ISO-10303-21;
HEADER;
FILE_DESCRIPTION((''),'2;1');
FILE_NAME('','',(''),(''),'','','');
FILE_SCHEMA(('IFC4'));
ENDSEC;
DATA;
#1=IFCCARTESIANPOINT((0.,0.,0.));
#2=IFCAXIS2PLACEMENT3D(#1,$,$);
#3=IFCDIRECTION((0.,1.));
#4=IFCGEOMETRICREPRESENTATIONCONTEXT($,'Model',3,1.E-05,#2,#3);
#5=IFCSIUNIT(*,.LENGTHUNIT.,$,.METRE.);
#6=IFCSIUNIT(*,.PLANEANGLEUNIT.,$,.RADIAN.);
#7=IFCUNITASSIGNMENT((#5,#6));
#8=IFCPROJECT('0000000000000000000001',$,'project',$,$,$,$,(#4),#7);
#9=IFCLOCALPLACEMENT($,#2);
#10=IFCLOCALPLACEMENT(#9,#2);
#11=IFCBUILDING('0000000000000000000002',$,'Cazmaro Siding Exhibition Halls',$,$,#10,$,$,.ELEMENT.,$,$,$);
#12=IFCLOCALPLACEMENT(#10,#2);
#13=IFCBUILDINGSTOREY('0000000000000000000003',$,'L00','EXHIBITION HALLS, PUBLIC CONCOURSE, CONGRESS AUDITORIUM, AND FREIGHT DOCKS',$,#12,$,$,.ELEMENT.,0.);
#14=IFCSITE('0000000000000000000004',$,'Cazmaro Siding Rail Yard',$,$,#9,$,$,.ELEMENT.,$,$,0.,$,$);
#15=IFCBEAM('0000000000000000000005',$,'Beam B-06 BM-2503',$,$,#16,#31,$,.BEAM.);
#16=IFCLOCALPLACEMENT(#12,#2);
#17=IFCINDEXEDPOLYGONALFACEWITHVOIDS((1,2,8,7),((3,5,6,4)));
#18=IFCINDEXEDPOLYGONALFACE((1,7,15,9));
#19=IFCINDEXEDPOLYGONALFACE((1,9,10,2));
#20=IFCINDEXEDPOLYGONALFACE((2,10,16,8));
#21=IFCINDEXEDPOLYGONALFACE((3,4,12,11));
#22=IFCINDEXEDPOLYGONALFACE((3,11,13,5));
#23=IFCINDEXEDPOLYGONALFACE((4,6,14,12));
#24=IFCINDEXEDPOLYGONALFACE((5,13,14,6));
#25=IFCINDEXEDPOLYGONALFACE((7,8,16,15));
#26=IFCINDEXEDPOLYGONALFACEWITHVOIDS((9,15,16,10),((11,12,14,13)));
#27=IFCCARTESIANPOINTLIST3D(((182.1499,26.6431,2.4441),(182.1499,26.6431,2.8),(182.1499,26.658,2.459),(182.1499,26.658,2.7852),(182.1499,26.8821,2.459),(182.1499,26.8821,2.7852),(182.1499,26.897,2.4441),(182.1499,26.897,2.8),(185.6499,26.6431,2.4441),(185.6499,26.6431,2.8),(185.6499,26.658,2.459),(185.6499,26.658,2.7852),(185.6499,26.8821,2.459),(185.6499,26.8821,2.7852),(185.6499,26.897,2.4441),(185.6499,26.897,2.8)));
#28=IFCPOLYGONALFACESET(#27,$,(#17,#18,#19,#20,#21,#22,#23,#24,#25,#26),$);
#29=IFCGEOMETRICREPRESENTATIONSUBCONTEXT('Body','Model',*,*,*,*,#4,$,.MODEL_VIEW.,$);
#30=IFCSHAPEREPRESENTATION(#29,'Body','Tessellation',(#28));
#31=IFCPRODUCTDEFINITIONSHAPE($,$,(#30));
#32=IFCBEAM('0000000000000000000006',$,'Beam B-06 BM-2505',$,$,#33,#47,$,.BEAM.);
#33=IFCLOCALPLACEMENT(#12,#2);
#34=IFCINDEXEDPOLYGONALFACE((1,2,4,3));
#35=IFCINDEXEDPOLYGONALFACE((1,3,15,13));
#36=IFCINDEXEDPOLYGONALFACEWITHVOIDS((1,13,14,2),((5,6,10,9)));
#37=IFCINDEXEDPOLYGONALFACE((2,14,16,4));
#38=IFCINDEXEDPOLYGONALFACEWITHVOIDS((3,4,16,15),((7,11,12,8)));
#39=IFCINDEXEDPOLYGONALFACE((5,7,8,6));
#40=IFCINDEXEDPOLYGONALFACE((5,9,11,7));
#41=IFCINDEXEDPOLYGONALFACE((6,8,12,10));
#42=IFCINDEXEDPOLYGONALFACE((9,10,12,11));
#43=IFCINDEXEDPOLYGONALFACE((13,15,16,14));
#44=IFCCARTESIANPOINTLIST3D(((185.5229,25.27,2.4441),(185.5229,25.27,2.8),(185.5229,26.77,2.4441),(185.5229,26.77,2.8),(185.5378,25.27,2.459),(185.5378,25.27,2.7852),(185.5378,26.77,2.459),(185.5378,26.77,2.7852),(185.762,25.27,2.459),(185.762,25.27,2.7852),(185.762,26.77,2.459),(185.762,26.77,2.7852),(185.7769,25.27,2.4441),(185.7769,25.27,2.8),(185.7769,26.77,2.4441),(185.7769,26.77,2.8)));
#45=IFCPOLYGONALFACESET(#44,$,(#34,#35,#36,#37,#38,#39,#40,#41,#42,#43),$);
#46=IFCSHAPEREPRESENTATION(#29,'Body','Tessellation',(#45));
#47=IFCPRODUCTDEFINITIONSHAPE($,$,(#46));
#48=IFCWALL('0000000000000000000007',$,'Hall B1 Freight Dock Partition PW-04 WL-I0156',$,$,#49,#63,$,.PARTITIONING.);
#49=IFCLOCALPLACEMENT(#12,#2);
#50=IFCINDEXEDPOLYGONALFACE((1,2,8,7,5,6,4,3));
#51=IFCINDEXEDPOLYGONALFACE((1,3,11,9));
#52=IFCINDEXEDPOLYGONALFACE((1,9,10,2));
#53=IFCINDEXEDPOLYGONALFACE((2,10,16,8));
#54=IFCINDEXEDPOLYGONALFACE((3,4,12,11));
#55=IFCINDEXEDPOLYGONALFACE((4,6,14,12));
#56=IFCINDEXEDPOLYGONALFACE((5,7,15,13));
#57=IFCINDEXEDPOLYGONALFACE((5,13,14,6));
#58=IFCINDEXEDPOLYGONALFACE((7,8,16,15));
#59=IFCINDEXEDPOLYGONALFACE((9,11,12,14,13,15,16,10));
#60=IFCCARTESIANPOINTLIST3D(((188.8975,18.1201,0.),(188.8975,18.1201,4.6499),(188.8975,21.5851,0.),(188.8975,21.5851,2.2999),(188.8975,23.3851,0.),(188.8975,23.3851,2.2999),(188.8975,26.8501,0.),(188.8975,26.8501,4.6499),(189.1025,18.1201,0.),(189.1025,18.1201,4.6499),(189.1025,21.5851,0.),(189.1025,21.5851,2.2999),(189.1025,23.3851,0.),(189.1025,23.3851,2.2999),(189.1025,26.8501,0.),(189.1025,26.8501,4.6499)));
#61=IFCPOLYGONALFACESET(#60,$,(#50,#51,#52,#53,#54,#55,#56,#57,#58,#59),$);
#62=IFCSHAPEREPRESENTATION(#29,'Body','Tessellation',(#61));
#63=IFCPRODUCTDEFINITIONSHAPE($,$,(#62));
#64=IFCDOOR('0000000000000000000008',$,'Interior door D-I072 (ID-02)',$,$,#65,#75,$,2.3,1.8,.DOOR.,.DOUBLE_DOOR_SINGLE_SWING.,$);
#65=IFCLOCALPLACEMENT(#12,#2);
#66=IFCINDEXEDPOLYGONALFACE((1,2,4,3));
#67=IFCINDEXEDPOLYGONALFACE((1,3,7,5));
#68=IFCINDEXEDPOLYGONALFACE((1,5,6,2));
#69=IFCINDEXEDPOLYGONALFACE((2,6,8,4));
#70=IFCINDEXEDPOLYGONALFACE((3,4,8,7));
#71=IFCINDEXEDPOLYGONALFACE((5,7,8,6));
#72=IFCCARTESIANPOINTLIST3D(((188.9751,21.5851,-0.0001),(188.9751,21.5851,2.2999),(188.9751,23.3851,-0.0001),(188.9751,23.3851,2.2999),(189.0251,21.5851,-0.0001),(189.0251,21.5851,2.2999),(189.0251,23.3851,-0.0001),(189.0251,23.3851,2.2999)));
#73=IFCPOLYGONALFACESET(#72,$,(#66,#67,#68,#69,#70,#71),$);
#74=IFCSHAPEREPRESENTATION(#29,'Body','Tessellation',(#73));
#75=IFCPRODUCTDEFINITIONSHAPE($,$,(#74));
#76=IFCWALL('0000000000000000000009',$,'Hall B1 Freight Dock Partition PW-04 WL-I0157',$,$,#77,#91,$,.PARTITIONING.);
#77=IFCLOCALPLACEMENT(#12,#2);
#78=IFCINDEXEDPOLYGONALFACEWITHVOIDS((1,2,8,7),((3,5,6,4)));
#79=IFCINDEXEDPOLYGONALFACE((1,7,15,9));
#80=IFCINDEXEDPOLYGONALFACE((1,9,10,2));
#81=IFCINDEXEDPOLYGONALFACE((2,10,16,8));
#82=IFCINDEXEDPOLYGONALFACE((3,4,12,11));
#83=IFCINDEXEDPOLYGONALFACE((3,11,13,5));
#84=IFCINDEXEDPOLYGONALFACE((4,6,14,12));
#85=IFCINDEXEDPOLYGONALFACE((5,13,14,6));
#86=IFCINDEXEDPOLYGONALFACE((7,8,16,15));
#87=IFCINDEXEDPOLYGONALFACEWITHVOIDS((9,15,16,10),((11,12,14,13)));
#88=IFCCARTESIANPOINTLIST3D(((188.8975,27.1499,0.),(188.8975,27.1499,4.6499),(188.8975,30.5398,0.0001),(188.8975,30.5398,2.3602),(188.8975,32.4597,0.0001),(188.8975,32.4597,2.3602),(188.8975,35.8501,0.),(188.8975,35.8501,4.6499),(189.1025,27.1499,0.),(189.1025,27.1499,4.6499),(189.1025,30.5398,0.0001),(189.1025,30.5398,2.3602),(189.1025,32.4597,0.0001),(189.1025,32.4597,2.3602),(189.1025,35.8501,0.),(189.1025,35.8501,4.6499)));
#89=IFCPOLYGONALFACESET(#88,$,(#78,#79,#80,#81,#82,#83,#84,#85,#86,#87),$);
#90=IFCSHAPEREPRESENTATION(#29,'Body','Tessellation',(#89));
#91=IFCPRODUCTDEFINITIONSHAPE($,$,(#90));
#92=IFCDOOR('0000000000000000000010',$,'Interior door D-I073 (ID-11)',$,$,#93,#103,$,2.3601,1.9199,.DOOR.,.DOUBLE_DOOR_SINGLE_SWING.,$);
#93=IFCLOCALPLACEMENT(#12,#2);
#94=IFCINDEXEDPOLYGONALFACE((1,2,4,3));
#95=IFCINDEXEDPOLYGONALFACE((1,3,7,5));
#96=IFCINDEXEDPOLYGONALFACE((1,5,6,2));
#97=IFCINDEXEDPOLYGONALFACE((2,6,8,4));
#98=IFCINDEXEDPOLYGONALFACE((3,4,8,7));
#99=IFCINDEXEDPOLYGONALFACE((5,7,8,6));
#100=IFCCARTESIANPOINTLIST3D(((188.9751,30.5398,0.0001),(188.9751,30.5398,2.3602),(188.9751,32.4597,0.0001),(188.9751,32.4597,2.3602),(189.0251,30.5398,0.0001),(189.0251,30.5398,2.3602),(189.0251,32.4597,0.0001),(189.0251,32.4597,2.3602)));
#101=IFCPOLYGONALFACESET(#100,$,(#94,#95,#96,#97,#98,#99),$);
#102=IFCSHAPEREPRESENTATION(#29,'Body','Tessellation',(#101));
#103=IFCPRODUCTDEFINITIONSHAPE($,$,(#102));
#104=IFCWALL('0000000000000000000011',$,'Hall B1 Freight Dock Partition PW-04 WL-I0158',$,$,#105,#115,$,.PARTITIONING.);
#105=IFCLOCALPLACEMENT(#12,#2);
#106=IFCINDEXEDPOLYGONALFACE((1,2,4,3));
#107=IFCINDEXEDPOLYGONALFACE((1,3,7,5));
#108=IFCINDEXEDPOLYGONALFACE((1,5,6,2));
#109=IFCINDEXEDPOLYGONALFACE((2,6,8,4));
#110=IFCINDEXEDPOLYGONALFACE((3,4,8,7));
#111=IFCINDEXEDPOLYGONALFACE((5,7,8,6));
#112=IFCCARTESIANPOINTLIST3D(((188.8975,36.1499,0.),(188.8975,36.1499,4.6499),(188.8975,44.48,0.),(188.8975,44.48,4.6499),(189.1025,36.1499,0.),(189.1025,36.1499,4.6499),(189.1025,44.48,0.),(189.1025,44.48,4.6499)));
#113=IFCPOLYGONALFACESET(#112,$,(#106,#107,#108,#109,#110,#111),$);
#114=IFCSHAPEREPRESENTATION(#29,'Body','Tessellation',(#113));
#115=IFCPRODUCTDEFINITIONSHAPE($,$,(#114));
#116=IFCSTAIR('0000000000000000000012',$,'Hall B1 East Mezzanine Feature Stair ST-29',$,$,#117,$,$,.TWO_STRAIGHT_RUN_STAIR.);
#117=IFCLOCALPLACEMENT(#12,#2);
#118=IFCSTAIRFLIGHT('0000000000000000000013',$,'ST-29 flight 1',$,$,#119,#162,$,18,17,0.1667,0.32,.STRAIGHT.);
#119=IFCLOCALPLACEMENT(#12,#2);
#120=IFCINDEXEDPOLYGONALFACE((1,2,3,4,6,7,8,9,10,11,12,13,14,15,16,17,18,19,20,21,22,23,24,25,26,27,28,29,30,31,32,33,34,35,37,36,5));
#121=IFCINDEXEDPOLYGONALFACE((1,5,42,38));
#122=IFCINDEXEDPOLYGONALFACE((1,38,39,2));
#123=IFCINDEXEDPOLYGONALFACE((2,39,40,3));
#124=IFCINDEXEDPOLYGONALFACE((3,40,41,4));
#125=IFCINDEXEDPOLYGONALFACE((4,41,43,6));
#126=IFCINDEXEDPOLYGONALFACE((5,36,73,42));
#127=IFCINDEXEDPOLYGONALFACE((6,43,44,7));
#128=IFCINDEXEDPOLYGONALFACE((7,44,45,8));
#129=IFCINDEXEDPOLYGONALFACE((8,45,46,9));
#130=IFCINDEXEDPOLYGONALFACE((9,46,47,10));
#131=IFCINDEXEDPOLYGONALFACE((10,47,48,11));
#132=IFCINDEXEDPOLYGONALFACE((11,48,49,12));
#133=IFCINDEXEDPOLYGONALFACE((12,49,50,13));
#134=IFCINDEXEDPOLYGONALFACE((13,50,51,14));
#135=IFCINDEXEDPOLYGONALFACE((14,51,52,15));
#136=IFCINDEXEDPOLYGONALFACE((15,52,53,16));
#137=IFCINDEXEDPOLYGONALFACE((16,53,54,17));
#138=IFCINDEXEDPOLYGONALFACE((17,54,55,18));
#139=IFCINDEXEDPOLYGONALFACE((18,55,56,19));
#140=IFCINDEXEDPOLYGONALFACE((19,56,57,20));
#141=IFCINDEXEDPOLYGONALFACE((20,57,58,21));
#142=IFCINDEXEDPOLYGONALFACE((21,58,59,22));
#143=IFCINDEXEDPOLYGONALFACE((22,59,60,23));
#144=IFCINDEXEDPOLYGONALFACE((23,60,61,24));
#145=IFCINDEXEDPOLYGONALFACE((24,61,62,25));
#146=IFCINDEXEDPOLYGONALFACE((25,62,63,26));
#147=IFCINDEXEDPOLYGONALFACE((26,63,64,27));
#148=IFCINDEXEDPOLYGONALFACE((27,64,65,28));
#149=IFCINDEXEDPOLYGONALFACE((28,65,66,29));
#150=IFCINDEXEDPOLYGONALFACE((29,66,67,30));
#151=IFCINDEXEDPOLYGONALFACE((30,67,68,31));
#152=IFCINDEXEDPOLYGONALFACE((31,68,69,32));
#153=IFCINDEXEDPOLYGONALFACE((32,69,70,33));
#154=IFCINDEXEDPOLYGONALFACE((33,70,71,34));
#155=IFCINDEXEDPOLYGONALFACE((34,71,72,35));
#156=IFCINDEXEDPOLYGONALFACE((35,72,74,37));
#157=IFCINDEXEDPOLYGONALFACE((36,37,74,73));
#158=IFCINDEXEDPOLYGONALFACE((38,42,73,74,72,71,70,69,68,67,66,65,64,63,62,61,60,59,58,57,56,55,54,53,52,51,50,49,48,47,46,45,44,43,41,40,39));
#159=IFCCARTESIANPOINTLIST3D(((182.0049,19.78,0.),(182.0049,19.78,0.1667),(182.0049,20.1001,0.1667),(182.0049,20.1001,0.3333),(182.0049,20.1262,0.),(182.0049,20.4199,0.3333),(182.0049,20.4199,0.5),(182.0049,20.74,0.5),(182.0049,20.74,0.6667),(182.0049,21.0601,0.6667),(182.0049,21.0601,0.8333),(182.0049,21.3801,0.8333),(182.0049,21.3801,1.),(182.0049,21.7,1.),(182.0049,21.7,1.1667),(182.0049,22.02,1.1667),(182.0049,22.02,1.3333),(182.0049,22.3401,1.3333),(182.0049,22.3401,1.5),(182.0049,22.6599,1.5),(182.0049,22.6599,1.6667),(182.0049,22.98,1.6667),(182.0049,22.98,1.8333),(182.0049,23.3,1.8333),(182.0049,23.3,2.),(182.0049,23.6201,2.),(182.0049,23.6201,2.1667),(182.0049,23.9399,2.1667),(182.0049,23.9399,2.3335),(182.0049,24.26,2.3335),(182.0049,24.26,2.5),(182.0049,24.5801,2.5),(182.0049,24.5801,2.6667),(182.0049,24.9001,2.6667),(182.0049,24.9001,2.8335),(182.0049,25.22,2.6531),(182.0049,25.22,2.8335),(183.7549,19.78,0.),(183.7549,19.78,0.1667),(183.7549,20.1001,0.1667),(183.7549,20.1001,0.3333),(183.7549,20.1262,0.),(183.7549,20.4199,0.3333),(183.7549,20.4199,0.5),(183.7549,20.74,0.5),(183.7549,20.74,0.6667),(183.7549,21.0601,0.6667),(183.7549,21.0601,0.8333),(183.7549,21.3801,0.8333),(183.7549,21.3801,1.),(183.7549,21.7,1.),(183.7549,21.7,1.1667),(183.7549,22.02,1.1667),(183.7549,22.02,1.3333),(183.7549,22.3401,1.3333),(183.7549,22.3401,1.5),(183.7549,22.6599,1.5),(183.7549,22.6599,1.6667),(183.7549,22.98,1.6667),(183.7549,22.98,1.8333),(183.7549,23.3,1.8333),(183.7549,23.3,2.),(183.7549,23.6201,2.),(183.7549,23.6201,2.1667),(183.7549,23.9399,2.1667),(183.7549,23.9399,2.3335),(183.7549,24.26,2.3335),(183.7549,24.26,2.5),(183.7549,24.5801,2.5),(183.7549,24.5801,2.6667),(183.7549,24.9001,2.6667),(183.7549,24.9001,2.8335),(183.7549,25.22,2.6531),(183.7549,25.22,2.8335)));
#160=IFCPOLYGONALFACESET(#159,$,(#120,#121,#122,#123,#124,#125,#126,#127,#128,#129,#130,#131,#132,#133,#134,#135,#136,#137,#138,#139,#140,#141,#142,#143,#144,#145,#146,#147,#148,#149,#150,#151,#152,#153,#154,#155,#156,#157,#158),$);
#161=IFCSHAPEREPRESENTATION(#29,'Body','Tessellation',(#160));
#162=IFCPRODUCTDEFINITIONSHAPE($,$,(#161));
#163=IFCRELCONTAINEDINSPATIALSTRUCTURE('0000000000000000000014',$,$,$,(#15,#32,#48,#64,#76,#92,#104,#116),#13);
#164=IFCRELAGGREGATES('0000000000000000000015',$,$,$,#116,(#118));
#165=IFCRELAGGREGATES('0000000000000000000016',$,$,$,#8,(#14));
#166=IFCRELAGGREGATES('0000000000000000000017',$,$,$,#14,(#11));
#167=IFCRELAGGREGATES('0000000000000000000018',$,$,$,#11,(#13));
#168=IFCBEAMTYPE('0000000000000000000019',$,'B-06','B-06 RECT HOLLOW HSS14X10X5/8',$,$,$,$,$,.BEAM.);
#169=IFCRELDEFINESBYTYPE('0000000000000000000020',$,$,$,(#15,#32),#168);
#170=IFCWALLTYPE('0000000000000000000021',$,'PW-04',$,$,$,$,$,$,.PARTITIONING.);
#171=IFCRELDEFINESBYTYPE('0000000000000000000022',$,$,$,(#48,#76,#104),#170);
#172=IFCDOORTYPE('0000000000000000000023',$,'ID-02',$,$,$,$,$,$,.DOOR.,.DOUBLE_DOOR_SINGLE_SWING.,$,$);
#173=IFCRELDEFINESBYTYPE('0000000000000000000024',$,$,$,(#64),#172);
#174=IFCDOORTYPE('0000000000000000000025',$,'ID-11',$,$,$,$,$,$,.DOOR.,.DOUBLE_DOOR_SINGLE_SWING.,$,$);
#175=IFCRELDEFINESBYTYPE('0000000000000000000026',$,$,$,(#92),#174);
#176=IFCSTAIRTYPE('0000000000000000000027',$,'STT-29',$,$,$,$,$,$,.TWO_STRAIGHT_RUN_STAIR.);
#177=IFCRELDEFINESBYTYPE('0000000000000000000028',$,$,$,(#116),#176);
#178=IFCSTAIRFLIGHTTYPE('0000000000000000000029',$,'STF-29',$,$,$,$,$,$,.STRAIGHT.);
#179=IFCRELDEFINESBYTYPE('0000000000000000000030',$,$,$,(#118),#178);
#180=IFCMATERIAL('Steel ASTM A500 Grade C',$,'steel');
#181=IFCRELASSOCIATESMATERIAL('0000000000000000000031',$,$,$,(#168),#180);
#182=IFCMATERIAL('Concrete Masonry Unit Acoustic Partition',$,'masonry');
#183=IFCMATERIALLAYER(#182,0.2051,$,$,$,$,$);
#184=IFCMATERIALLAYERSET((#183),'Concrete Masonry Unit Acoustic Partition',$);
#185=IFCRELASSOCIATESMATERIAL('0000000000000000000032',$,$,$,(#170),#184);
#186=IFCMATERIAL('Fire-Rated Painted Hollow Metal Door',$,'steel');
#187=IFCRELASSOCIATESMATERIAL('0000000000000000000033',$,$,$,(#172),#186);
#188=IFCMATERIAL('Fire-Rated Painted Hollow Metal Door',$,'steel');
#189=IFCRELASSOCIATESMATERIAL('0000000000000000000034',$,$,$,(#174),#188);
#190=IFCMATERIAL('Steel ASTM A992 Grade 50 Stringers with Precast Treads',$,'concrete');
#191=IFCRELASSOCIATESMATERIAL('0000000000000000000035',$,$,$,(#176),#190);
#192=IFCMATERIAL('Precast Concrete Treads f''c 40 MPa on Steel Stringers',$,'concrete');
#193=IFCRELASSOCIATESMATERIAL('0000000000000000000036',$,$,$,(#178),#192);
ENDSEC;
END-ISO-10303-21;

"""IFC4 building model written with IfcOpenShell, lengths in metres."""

from ifc_helpers import new_model, si_unit, direction, frame, frame_2d, origin, origin_2d, place, context, subcontext, project, spatial, polyline, rectangle, hollow_rectangle, outline, extrude, material, layer, layer_set, material_profile, profile_set, type_object, element, fill, aggregate, save


model = new_model("IFC4")

# Units and contexts
model_context = context("Model", 3, precision=1e-05, world=origin(), true_north=direction((0.0, 1.0)))
body_context = subcontext(model_context, "Body", "Model", "MODEL_VIEW")
ifc_project = project(units=[si_unit("LENGTHUNIT", "METRE"), si_unit("PLANEANGLEUNIT", "RADIAN")], contexts=[model_context])

# Site, building, storey
site_placement = place(None, origin())
site = spatial("IfcSite", under=ifc_project, at=site_placement, Name="Cazmaro Siding Rail Yard", CompositionType="ELEMENT", RefElevation=0.0)
building_placement = place(site_placement, origin())
building = spatial("IfcBuilding", under=site, at=building_placement, Name="Cazmaro Siding Exhibition Halls", CompositionType="ELEMENT")
storey_placement = place(building_placement, origin())
storey = spatial("IfcBuildingStorey", under=building, at=storey_placement, Name="L00", Description="EXHIBITION HALLS, PUBLIC CONCOURSE, CONGRESS AUDITORIUM, AND FREIGHT DOCKS", CompositionType="ELEMENT", Elevation=0.0)

# Beams
ifc_material_1 = material(Name="Steel ASTM A500 Grade C", Category="steel")
ifc_material_profile_1 = material_profile(ifc_material_1, hollow_rectangle(XDim=0.2539, YDim=0.356, WallThickness=0.0149, at=origin_2d()), Name="HSS14X10X5/8")
ifc_profile_set_1 = profile_set([ifc_material_profile_1], Name="Steel ASTM A500 Grade C")
beam_type = type_object("IfcBeamType", Name="B-06", Description="B-06 RECT HOLLOW HSS14X10X5/8", PredefinedType="BEAM", material=ifc_profile_set_1)
beam_1_placement = place(storey_placement, frame((182.1499, 26.77, 2.6221), z_axis=(1.0, 0.0, 0.0), x_axis=(0.0, 1.0, 0.0)))
element("IfcBeam", 1, at=beam_1_placement, inside=storey, type_object=beam_type, Name="Beam B-06 BM-2503", PredefinedType="BEAM", context=body_context, shape_type="SweptSolid", body=[
    extrude(hollow_rectangle(XDim=0.2539, YDim=0.356, WallThickness=0.0149, at=origin_2d()), origin(), (0.0, 0.0, 1.0), 3.5),
])
beam_2_placement = place(storey_placement, frame((185.6499, 25.27, 2.6221), z_axis=(0.0, 1.0, 0.0), x_axis=(-1.0, 0.0, 0.0)))
element("IfcBeam", 2, at=beam_2_placement, inside=storey, type_object=beam_type, Name="Beam B-06 BM-2505", PredefinedType="BEAM", context=body_context, shape_type="SweptSolid", body=[
    extrude(hollow_rectangle(XDim=0.2539, YDim=0.356, WallThickness=0.0149, at=origin_2d()), origin(), (0.0, 0.0, 1.0), 1.5),
])

# Walls, openings, doors
ifc_material_2 = material(Name="Concrete Masonry Unit Acoustic Partition", Category="masonry")
ifc_layer = layer(ifc_material_2, 0.2051)
ifc_layer_set = layer_set([ifc_layer], Name="Concrete Masonry Unit Acoustic Partition")
wall_type = type_object("IfcWallType", Name="PW-04", PredefinedType="PARTITIONING", material=ifc_layer_set)
wall_1_placement = place(storey_placement, frame((189.0, 18.1201, 0.0), z_axis=(0.0, 0.0, 1.0), x_axis=(0.0, 1.0, 0.0)))
wall_1 = element("IfcWall", 3, at=wall_1_placement, inside=storey, type_object=wall_type, Name="Hall B1 Freight Dock Partition PW-04 WL-I0156", PredefinedType="PARTITIONING", context=body_context, shape_type="SweptSolid", body=[
    extrude(rectangle(XDim=8.73, YDim=0.2051, at=frame_2d((4.365, 0.0))), origin(), (0.0, 0.0, 1.0), 4.6499),
])
opening_1_placement = place(wall_1_placement, frame((3.4651, 0.0, 0.0)))
opening_1 = element("IfcOpeningElement", 4, at=opening_1_placement, cuts=wall_1, PredefinedType="OPENING", context=body_context, shape_type="SweptSolid", body=[
    extrude(rectangle(XDim=1.8, YDim=2.3, at=frame_2d((0.8999, 1.1499))), frame((0.0, 0.1125, 0.0), z_axis=(0.0, -1.0, 0.0), x_axis=(1.0, 0.0, 0.0)), (0.0, 0.0, 1.0), 0.2251),
])
ifc_material_3 = material(Name="Fire-Rated Painted Hollow Metal Door", Category="steel")
door_type_1 = type_object("IfcDoorType", Name="ID-02", OperationType="DOUBLE_DOOR_SINGLE_SWING", PredefinedType="DOOR", material=ifc_material_3)
door_1_placement = place(opening_1_placement, origin())
door_1 = element("IfcDoor", 5, at=door_1_placement, inside=storey, type_object=door_type_1, Name="Interior door D-I072 (ID-02)", OperationType="DOUBLE_DOOR_SINGLE_SWING", OverallHeight=2.3, OverallWidth=1.8, PredefinedType="DOOR", context=body_context, shape_type="SweptSolid", body=[
    extrude(rectangle(XDim=1.8, YDim=2.3, at=frame_2d((0.8999, 1.1499))), frame((0.0, 0.0249, 0.0), z_axis=(0.0, -1.0, 0.0), x_axis=(1.0, 0.0, 0.0)), (0.0, 0.0, 1.0), 0.05),
])
fill(opening_1, door_1)
wall_2_placement = place(storey_placement, frame((189.0, 27.1499, 0.0), z_axis=(0.0, 0.0, 1.0), x_axis=(0.0, 1.0, 0.0)))
wall_2 = element("IfcWall", 6, at=wall_2_placement, inside=storey, type_object=wall_type, Name="Hall B1 Freight Dock Partition PW-04 WL-I0157", PredefinedType="PARTITIONING", context=body_context, shape_type="SweptSolid", body=[
    extrude(rectangle(XDim=8.7002, YDim=0.2051, at=frame_2d((4.3501, 0.0))), origin(), (0.0, 0.0, 1.0), 4.6499),
])
opening_2_placement = place(wall_2_placement, frame((3.3899, 0.0, 0.0)))
opening_2 = element("IfcOpeningElement", 7, at=opening_2_placement, cuts=wall_2, PredefinedType="OPENING", context=body_context, shape_type="SweptSolid", body=[
    extrude(rectangle(XDim=1.9199, YDim=2.3601, at=frame_2d((0.96, 1.1802))), frame((0.0, 0.1125, 0.0), z_axis=(0.0, -1.0, 0.0), x_axis=(1.0, 0.0, 0.0)), (0.0, 0.0, 1.0), 0.2251),
])
ifc_material_4 = material(Name="Fire-Rated Painted Hollow Metal Door", Category="steel")
door_type_2 = type_object("IfcDoorType", Name="ID-11", OperationType="DOUBLE_DOOR_SINGLE_SWING", PredefinedType="DOOR", material=ifc_material_4)
door_2_placement = place(opening_2_placement, origin())
door_2 = element("IfcDoor", 8, at=door_2_placement, inside=storey, type_object=door_type_2, Name="Interior door D-I073 (ID-11)", OperationType="DOUBLE_DOOR_SINGLE_SWING", OverallHeight=2.3601, OverallWidth=1.9199, PredefinedType="DOOR", context=body_context, shape_type="SweptSolid", body=[
    extrude(rectangle(XDim=1.9199, YDim=2.3601, at=frame_2d((0.96, 1.1802))), frame((0.0, 0.0249, 0.0), z_axis=(0.0, -1.0, 0.0), x_axis=(1.0, 0.0, 0.0)), (0.0, 0.0, 1.0), 0.05),
])
fill(opening_2, door_2)

# Wall
wall_3_placement = place(storey_placement, frame((189.0, 36.1499, 0.0), z_axis=(0.0, 0.0, 1.0), x_axis=(0.0, 1.0, 0.0)))
element("IfcWall", 9, at=wall_3_placement, inside=storey, type_object=wall_type, Name="Hall B1 Freight Dock Partition PW-04 WL-I0158", PredefinedType="PARTITIONING", context=body_context, shape_type="SweptSolid", body=[
    extrude(rectangle(XDim=8.3301, YDim=0.2051, at=frame_2d((4.165, 0.0))), origin(), (0.0, 0.0, 1.0), 4.6499),
])

# Stair, stair flight
ifc_material_5 = material(Name="Steel ASTM A992 Grade 50 Stringers with Precast Treads", Category="concrete")
stair_type = type_object("IfcStairType", Name="STT-29", PredefinedType="TWO_STRAIGHT_RUN_STAIR", material=ifc_material_5)
stair_placement = place(storey_placement, origin())
stair = element("IfcStair", 10, at=stair_placement, inside=storey, type_object=stair_type, Name="Hall B1 East Mezzanine Feature Stair ST-29", PredefinedType="TWO_STRAIGHT_RUN_STAIR")
ifc_material_6 = material(Name="Precast Concrete Treads f'c 40 MPa on Steel Stringers", Category="concrete")
stair_flight_type = type_object("IfcStairFlightType", Name="STF-29", PredefinedType="STRAIGHT", material=ifc_material_6)
stair_flight_1_placement = place(storey_placement, frame((182.8799, 19.78, 0.0), z_axis=(0.0, 0.0, 1.0), x_axis=(0.0, 1.0, 0.0)))
stair_flight_1 = element("IfcStairFlight", 11, at=stair_flight_1_placement, type_object=stair_flight_type, Name="ST-29 flight 1", NumberOfRisers=18, NumberOfTreads=17, PredefinedType="STRAIGHT", RiserHeight=0.1667, TreadLength=0.32, context=body_context, shape_type="SweptSolid", body=[
    extrude(outline(polyline([(0.0, 0.0), (0.0, 0.1667), (0.3201, 0.1667), (0.3201, 0.3333), (0.6399, 0.3333), (0.6399, 0.5), (0.96, 0.5), (0.96, 0.6667), (1.28, 0.6667), (1.28, 0.8333), (1.6001, 0.8333), (1.6001, 1.0), (1.9199, 1.0), (1.9199, 1.1667), (2.24, 1.1667), (2.24, 1.3333), (2.5601, 1.3333), (2.5601, 1.5), (2.8799, 1.5), (2.8799, 1.6667), (3.2, 1.6667), (3.2, 1.8333), (3.52, 1.8333), (3.52, 2.0), (3.8401, 2.0), (3.8401, 2.1667), (4.1599, 2.1667), (4.1599, 2.3335), (4.48, 2.3335), (4.48, 2.5), (4.8, 2.5), (4.8, 2.6667), (5.1201, 2.6667), (5.1201, 2.8335), (5.4399, 2.8335), (5.4399, 3.0), (5.4399, 2.6531), (0.3462, 0.0), (0.0, 0.0)])), frame((0.0, 0.875, 0.0), z_axis=(0.0, -1.0, 0.0), x_axis=(1.0, 0.0, 0.0)), (0.0, 0.0, 1.0), 1.75),
])
aggregate(stair, [stair_flight_1])

save(model, "model.ifc")
